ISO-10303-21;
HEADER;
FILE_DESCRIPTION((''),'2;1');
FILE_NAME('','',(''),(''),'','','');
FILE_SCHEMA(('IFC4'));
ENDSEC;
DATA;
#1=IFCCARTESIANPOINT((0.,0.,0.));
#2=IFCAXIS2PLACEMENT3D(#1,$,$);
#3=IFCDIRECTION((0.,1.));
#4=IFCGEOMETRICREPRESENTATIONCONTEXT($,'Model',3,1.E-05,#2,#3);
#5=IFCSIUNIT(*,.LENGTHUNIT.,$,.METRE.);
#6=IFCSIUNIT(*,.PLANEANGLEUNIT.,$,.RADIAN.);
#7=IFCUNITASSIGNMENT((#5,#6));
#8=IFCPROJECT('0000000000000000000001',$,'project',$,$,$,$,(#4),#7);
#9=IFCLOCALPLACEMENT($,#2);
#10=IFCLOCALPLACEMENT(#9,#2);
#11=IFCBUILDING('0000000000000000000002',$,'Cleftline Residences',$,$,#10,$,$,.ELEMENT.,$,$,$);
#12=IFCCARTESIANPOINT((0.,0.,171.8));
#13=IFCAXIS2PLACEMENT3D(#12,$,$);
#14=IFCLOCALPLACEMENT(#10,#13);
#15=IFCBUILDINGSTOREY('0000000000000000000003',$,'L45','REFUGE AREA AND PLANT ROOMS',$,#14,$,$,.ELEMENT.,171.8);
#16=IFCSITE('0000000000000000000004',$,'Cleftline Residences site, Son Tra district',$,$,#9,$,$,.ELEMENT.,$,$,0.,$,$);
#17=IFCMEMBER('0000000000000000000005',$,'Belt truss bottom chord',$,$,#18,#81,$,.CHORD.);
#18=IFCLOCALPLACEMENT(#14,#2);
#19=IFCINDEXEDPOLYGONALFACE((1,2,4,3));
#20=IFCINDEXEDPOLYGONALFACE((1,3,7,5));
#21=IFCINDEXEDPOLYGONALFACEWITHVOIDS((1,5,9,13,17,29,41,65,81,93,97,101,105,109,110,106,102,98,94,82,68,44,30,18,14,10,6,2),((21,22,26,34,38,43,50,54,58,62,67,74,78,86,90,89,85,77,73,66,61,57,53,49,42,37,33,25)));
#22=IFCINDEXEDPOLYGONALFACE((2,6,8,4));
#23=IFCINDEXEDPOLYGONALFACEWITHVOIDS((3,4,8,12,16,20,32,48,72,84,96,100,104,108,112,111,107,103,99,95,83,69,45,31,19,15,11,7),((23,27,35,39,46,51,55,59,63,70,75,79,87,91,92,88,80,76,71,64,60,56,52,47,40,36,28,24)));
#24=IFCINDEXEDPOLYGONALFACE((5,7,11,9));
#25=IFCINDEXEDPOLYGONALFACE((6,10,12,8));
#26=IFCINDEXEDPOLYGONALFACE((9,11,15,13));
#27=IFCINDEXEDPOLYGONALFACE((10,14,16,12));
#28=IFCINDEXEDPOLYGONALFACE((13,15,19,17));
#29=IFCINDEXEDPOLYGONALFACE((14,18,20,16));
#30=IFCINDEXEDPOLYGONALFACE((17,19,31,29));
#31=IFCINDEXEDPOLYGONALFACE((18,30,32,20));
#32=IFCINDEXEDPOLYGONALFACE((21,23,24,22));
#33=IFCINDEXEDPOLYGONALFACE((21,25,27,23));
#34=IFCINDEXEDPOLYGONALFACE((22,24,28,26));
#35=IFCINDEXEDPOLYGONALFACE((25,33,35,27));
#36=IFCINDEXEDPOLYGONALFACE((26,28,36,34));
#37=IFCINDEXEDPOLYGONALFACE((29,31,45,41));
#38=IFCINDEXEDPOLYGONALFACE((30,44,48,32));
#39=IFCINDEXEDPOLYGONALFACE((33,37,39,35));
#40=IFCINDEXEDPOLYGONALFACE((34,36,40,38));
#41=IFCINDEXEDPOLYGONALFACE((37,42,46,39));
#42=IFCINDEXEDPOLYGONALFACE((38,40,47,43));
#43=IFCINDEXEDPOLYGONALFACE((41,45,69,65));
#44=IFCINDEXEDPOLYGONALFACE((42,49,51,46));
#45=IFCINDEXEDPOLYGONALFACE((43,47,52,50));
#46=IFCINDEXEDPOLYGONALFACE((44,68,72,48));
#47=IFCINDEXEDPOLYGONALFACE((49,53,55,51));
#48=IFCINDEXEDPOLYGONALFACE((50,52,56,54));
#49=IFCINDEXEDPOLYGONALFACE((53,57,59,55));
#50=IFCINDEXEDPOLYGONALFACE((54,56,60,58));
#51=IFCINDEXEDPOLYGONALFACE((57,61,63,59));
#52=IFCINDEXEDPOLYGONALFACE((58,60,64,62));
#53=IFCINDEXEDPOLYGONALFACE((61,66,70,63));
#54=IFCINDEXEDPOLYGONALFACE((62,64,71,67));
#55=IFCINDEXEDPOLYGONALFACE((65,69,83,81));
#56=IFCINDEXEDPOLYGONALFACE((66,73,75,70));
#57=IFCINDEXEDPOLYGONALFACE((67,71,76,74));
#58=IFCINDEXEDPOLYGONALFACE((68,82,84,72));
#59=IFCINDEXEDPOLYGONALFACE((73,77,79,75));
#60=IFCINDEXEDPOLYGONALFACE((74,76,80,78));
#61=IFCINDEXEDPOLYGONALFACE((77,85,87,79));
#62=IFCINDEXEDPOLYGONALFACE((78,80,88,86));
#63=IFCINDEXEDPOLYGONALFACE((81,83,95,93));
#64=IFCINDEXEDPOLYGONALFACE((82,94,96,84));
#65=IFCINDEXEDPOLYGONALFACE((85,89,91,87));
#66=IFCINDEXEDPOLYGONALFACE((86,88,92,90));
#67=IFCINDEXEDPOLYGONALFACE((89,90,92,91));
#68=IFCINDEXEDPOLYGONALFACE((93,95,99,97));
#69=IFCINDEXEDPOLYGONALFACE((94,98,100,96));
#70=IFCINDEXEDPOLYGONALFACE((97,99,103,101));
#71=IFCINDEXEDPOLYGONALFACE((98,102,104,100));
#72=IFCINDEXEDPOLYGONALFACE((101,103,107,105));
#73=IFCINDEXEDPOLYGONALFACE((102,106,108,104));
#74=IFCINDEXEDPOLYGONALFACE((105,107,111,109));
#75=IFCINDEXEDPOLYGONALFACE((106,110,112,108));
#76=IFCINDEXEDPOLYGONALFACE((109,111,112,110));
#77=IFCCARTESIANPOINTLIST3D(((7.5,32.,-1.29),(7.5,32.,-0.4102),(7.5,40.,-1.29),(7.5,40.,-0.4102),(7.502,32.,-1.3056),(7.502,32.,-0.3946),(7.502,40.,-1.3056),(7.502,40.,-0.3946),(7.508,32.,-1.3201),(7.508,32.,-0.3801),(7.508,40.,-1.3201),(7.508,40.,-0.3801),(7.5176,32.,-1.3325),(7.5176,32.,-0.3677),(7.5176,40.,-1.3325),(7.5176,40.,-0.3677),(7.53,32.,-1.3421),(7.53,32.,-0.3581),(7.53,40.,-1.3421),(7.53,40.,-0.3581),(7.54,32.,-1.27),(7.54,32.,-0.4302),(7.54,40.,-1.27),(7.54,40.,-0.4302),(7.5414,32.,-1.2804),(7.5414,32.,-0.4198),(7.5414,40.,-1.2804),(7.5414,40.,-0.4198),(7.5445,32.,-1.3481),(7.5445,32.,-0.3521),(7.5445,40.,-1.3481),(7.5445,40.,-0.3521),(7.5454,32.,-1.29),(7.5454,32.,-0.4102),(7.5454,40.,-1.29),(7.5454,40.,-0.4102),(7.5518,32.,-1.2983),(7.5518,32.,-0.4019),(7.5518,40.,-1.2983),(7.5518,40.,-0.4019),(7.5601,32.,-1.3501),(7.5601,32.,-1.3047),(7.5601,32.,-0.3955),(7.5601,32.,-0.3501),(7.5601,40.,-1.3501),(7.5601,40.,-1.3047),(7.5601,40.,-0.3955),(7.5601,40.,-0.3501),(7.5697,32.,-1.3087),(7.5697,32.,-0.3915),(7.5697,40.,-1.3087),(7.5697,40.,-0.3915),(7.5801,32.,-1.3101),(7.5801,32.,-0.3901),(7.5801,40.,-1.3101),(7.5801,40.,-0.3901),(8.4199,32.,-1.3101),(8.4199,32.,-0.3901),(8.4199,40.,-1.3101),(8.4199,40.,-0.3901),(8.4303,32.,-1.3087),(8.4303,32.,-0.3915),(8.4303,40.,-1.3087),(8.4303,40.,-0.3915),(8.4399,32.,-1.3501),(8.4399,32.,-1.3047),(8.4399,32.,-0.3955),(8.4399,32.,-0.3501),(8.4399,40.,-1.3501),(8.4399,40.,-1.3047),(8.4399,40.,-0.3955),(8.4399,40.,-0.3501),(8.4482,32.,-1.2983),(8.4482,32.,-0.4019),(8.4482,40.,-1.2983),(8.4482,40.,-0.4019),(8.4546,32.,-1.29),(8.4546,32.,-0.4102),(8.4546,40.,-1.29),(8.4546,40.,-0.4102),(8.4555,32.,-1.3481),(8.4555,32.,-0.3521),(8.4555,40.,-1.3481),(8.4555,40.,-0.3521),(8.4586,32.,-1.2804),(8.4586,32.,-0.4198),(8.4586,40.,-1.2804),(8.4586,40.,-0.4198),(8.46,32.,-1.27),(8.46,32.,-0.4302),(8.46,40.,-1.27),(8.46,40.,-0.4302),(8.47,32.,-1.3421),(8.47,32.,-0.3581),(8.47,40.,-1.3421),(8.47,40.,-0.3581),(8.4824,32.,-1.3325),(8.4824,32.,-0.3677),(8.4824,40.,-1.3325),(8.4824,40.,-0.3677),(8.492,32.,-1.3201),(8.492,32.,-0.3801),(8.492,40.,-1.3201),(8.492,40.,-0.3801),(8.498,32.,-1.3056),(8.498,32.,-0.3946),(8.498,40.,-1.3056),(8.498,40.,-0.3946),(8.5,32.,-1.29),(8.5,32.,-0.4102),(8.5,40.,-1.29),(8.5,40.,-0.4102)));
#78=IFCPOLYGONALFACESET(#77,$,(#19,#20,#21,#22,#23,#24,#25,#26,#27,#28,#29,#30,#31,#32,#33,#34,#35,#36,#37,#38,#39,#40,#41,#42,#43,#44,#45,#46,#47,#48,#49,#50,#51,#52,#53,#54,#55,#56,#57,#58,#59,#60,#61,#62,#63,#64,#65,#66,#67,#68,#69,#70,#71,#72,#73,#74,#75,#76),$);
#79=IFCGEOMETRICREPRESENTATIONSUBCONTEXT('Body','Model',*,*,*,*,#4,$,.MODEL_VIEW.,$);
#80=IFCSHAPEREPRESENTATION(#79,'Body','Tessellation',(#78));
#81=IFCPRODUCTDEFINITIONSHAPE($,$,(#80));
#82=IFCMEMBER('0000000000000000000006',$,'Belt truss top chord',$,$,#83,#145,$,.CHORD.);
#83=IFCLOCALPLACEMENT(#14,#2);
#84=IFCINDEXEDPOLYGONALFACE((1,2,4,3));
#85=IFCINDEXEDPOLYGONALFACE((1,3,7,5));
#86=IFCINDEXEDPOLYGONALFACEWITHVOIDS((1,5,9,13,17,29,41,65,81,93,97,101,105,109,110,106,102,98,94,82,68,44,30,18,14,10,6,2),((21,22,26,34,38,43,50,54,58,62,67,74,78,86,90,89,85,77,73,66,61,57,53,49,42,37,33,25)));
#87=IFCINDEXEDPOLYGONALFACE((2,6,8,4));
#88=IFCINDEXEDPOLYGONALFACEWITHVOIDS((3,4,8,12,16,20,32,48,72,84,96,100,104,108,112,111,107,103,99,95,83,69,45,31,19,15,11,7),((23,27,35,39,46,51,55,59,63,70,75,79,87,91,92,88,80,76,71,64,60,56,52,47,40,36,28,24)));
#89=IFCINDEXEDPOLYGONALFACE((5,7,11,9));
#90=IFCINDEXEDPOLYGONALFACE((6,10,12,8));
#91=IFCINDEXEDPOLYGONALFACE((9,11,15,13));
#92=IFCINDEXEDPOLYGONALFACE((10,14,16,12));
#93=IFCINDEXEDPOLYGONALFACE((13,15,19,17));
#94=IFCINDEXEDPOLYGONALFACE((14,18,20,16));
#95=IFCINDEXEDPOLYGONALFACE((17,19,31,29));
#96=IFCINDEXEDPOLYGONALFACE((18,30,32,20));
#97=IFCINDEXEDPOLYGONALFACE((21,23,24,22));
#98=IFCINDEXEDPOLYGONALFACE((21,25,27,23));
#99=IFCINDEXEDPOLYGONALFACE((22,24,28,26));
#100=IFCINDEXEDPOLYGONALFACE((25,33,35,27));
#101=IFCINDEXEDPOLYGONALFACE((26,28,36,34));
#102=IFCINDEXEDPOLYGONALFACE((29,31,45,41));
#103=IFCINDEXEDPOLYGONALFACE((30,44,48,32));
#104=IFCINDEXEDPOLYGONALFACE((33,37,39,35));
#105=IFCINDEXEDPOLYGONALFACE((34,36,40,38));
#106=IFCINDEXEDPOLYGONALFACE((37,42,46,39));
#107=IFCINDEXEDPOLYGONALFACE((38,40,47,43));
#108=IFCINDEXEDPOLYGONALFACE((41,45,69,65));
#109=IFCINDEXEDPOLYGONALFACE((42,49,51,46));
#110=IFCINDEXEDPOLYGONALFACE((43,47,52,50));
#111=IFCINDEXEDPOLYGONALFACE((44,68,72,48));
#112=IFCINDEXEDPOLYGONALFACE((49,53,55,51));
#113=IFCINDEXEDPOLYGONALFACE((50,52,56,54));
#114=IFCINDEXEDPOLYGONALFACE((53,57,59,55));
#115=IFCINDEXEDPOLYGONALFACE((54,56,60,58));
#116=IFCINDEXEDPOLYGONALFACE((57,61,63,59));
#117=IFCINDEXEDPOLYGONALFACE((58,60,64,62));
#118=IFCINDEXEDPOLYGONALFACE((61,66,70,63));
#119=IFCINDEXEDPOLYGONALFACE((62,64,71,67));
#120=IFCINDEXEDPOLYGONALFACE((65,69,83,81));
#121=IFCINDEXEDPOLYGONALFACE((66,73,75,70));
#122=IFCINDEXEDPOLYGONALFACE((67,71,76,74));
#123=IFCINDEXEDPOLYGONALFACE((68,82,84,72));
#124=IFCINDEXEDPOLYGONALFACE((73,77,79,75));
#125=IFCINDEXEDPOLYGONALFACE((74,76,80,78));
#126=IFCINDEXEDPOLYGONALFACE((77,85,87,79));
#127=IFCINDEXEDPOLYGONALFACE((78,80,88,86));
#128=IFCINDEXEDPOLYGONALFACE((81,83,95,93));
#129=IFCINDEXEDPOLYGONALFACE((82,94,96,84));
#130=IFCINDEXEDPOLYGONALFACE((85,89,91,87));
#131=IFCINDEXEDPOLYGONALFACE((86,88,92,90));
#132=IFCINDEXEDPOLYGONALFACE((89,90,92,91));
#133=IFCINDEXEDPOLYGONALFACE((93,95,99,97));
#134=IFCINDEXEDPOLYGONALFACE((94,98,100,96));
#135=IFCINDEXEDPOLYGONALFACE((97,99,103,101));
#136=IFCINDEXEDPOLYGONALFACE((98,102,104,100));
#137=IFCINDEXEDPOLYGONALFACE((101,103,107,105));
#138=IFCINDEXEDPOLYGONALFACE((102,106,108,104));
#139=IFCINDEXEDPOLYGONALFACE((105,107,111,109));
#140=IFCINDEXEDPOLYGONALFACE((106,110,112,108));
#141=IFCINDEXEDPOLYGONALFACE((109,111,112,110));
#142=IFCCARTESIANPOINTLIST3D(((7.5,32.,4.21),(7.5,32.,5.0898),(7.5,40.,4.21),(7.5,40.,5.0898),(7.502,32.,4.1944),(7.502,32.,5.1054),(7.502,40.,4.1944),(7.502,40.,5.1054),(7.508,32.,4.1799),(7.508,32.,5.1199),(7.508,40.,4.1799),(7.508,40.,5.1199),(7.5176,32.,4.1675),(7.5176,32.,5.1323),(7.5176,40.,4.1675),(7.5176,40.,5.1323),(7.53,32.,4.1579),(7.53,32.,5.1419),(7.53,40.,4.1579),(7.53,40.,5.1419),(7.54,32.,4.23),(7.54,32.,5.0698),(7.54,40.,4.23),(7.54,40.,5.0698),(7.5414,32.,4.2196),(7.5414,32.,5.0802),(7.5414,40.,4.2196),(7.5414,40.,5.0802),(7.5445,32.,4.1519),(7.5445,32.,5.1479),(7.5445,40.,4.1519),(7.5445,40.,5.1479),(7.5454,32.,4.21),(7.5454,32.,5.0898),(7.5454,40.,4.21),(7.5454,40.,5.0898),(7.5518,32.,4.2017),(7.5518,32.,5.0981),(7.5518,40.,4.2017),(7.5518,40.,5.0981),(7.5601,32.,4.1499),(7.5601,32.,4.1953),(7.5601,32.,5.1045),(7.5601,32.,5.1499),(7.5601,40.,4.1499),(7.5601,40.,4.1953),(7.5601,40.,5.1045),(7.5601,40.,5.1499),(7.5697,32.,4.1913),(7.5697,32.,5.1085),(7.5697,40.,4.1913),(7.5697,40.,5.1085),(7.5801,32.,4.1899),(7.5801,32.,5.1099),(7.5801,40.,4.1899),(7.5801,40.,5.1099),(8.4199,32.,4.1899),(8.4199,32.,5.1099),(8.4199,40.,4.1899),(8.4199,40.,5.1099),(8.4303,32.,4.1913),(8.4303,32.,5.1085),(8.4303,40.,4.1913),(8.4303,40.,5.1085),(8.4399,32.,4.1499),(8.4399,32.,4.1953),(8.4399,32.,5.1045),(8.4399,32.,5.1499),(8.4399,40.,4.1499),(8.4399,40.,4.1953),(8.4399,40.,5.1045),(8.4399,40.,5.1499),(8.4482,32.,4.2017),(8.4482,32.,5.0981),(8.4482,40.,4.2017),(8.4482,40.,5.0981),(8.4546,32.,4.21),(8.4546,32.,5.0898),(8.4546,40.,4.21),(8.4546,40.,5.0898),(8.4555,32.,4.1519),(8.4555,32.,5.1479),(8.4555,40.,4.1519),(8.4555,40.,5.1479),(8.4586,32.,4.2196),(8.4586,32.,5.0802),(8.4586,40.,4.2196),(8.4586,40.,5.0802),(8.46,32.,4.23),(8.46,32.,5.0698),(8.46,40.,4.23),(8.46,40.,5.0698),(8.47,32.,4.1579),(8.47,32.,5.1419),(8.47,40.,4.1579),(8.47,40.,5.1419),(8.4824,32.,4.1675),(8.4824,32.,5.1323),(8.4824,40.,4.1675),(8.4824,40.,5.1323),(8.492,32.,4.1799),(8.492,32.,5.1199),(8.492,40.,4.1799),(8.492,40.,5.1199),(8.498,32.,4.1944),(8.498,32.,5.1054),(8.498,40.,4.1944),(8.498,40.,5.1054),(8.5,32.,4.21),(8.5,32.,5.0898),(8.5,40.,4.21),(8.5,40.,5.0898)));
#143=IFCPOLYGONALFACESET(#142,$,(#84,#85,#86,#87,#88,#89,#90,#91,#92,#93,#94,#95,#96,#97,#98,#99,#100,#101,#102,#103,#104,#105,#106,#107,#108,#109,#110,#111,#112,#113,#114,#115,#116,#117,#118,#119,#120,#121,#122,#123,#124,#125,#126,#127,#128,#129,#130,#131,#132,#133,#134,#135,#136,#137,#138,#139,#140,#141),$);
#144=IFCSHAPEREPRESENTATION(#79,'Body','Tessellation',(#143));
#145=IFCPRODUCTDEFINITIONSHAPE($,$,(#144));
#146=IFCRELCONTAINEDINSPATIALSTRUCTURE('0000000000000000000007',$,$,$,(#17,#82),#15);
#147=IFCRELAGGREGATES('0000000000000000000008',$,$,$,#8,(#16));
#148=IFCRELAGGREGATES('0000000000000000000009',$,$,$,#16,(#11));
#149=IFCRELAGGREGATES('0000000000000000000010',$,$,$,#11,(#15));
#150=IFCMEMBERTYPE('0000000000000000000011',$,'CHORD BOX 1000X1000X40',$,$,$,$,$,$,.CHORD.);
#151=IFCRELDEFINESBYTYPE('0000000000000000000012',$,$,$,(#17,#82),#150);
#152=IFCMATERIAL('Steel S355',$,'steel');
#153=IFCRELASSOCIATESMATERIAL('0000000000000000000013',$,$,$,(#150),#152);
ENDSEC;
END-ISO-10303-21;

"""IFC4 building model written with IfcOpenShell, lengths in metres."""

from ifc_helpers import new_model, si_unit, direction, frame, origin, origin_2d, place, context, subcontext, project, spatial, hollow_rectangle, extrude, material, material_profile, profile_set, type_object, element, save


model = new_model("IFC4")

# Units and contexts
model_context = context("Model", 3, precision=1e-05, world=origin(), true_north=direction((0.0, 1.0)))
body_context = subcontext(model_context, "Body", "Model", "MODEL_VIEW")
ifc_project = project(units=[si_unit("LENGTHUNIT", "METRE"), si_unit("PLANEANGLEUNIT", "RADIAN")], contexts=[model_context])

# Site, building, storey
site_placement = place(None, origin())
site = spatial("IfcSite", under=ifc_project, at=site_placement, Name="Cleftline Residences site, Son Tra district", CompositionType="ELEMENT", RefElevation=0.0)
building_placement = place(site_placement, origin())
building = spatial("IfcBuilding", under=site, at=building_placement, Name="Cleftline Residences", CompositionType="ELEMENT")
storey_placement = place(building_placement, frame((0.0, 0.0, 171.8)))
storey = spatial("IfcBuildingStorey", under=building, at=storey_placement, Name="L45", Description="REFUGE AREA AND PLANT ROOMS", CompositionType="ELEMENT", Elevation=171.8)

# Members
ifc_material_1 = material(Name="Steel S355", Category="steel")
ifc_material_profile_1 = material_profile(ifc_material_1, hollow_rectangle(XDim=1.0, YDim=1.0, WallThickness=0.04, InnerFilletRadius=0.04, OuterFilletRadius=0.0601, at=origin_2d()))
ifc_profile_set_1 = profile_set([ifc_material_profile_1], Name="Steel S355")
member_type_1 = type_object("IfcMemberType", Name="CHORD BOX 1000X1000X40", PredefinedType="CHORD", material=ifc_profile_set_1)
for number, where, z_axis, x_axis, name in (
    (1, (8.0, 32.0, -0.8501), (0.0, 1.0, 0.0), (-1.0, 0.0, 0.0), "Belt truss bottom chord"),
    (2, (8.0, 32.0, 4.6499), (0.0, 1.0, 0.0), (-1.0, 0.0, 0.0), "Belt truss top chord"),
):
    element("IfcMember", number, at=place(storey_placement, frame(where, z_axis=z_axis, x_axis=x_axis)), inside=storey, type_object=member_type_1, Name=name, PredefinedType="CHORD", context=body_context, shape_type="SweptSolid", body=[
        extrude(hollow_rectangle(XDim=1.0, YDim=1.0, WallThickness=0.04, InnerFilletRadius=0.04, OuterFilletRadius=0.0601, at=origin_2d()), origin(), (0.0, 0.0, 1.0), 8.0),
    ])

save(model, "model.ifc")
